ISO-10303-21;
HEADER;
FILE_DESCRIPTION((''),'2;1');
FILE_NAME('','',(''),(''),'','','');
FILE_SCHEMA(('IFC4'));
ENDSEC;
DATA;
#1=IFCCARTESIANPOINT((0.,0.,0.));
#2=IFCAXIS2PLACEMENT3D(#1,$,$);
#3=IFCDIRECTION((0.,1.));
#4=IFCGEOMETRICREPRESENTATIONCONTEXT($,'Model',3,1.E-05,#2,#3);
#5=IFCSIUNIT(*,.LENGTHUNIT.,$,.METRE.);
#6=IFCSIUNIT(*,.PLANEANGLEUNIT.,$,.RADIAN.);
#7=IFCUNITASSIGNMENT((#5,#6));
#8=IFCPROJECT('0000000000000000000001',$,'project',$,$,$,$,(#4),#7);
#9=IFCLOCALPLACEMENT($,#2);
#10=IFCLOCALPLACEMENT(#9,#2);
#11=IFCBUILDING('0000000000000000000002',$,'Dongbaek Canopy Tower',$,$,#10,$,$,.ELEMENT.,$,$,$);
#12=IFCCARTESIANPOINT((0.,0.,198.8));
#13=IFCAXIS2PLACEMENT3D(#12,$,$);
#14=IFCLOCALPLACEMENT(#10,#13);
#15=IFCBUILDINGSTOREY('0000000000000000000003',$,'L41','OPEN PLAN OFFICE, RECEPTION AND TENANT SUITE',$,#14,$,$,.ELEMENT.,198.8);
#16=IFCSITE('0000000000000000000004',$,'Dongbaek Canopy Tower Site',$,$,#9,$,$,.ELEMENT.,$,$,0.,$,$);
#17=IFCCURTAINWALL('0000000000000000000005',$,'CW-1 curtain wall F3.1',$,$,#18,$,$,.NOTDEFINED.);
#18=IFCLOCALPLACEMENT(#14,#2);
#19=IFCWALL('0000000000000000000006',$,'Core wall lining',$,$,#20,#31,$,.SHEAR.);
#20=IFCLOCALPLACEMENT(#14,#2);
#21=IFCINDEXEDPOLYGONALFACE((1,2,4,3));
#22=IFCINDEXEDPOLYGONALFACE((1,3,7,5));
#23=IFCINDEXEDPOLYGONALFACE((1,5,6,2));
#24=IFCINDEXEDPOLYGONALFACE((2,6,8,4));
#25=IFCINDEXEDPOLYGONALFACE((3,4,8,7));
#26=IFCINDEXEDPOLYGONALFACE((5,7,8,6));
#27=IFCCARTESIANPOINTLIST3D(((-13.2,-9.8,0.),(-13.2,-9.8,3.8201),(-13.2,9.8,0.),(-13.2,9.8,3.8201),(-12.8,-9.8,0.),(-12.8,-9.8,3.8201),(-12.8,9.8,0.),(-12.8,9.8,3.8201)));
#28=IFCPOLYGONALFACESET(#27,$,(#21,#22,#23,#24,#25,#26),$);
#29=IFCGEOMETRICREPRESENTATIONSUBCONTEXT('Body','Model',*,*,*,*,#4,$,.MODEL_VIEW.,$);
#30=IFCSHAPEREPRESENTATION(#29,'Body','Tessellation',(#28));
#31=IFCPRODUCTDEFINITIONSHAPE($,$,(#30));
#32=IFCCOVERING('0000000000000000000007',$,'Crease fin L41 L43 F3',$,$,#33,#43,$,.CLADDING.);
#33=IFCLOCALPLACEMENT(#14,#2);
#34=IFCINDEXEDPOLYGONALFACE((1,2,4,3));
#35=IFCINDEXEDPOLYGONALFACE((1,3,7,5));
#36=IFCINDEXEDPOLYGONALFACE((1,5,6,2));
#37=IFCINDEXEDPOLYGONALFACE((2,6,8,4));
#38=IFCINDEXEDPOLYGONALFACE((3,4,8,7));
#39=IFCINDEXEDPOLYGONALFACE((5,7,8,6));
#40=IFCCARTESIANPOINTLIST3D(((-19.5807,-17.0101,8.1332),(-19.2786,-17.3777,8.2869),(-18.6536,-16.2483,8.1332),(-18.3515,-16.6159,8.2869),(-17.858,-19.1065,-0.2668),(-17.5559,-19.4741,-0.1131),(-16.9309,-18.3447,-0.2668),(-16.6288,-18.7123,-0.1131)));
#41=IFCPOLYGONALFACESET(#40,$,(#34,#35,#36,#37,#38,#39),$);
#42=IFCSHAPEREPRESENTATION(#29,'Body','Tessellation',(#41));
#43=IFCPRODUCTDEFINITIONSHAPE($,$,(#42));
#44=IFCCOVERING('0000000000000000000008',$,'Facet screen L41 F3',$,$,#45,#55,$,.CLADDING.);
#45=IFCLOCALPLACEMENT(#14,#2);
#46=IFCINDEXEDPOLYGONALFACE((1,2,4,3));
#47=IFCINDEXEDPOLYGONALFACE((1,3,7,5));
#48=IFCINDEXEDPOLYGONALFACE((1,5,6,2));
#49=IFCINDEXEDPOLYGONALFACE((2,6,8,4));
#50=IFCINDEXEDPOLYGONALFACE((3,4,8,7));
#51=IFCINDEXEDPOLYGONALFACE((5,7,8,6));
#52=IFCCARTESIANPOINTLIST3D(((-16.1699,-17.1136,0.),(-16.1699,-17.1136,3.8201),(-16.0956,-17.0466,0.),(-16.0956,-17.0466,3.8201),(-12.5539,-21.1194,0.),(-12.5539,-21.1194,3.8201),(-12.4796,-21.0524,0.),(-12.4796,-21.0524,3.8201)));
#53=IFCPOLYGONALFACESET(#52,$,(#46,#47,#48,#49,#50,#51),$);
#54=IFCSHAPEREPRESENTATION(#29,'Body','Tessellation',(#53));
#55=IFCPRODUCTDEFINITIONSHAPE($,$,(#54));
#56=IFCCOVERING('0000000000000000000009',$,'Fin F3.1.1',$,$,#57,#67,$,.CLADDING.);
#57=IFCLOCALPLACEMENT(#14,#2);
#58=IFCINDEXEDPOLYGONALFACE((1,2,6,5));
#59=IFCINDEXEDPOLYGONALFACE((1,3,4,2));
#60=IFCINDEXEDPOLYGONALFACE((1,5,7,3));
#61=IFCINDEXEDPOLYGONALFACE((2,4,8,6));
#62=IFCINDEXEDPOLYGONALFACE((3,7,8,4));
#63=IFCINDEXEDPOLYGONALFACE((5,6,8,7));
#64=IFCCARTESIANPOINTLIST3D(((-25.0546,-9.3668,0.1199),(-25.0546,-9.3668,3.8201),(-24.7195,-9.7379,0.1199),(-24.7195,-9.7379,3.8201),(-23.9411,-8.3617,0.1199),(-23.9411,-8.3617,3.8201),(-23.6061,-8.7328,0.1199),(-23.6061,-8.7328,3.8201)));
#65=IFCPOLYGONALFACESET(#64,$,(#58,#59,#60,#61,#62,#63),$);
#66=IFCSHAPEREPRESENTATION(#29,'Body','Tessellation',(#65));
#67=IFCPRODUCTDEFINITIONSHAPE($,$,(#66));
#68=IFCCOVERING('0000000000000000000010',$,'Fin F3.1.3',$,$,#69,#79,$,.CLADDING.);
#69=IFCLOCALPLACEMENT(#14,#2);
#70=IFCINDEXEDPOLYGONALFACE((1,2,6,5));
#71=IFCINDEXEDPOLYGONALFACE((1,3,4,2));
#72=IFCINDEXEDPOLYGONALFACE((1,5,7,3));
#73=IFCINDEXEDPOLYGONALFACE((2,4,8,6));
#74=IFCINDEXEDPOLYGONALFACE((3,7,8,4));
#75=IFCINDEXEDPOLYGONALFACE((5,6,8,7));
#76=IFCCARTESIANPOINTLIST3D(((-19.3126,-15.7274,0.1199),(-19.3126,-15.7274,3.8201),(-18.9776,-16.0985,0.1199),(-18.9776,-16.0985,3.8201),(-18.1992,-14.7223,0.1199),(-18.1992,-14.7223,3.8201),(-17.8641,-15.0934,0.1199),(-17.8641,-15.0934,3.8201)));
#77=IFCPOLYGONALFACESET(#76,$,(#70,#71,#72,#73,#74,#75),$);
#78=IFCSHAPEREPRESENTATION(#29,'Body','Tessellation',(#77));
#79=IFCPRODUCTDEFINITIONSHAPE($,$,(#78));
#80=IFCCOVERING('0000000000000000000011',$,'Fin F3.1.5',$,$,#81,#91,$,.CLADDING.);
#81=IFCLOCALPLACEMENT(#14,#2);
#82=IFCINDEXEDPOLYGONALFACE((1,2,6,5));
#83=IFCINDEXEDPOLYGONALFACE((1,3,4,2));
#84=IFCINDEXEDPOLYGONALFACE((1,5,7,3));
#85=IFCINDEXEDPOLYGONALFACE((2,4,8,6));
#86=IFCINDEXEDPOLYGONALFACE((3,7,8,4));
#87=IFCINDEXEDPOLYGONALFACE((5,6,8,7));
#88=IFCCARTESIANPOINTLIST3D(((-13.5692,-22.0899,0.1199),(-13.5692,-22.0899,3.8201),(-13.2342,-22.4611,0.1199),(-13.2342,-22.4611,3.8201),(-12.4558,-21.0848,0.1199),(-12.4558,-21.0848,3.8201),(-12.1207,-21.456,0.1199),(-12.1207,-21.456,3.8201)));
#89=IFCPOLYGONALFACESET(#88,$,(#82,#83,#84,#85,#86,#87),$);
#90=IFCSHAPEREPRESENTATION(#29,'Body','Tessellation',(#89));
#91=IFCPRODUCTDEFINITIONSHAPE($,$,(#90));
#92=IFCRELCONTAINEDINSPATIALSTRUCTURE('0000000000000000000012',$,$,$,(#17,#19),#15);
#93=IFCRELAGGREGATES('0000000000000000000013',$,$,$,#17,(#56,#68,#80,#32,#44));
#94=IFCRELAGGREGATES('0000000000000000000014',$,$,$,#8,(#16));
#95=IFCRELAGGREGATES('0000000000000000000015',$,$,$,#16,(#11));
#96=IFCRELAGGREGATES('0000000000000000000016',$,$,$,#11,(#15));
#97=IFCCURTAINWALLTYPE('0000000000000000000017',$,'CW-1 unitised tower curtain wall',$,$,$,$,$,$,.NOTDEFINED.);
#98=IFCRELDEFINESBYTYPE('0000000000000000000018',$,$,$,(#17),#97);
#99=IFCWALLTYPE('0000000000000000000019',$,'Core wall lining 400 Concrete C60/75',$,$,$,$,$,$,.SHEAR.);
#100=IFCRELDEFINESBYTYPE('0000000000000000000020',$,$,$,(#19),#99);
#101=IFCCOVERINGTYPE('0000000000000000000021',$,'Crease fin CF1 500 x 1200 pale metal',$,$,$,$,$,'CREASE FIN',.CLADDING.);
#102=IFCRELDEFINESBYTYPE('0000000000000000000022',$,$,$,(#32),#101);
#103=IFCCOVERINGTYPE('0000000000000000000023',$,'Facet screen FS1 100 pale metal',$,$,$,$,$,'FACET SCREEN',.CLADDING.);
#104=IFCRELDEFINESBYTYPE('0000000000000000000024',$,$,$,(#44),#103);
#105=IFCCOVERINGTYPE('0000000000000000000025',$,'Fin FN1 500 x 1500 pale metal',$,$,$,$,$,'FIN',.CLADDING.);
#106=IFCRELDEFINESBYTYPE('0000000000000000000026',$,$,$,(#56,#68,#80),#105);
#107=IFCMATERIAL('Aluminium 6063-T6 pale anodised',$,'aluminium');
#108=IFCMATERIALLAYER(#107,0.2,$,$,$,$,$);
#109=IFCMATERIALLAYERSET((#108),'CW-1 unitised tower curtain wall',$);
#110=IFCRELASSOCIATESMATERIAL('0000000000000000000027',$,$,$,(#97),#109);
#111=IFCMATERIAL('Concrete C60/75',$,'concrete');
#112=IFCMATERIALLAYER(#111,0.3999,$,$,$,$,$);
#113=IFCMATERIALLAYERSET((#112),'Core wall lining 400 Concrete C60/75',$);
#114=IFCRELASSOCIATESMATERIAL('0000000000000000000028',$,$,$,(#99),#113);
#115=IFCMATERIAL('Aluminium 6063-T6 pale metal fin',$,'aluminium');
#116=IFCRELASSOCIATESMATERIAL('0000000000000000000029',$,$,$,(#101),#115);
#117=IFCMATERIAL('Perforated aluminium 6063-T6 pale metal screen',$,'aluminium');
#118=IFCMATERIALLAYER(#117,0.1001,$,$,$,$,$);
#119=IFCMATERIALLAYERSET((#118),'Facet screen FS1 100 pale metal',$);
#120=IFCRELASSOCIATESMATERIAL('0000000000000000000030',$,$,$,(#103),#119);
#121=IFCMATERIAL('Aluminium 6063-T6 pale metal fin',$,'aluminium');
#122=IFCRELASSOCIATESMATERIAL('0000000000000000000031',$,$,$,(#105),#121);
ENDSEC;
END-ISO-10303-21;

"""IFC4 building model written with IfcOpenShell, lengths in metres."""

from ifc_helpers import new_model, si_unit, direction, frame, frame_2d, origin, origin_2d, place, context, subcontext, project, spatial, rectangle, extrude, material, layer, layer_set, material_profile, profile_set, type_object, element, aggregate, save


model = new_model("IFC4")

# Units and contexts
model_context = context("Model", 3, precision=1e-05, world=origin(), true_north=direction((0.0, 1.0)))
body_context = subcontext(model_context, "Body", "Model", "MODEL_VIEW")
ifc_project = project(units=[si_unit("LENGTHUNIT", "METRE"), si_unit("PLANEANGLEUNIT", "RADIAN")], contexts=[model_context])

# Site, building, storey
site_placement = place(None, origin())
site = spatial("IfcSite", under=ifc_project, at=site_placement, Name="Dongbaek Canopy Tower Site", CompositionType="ELEMENT", RefElevation=0.0)
building_placement = place(site_placement, origin())
building = spatial("IfcBuilding", under=site, at=building_placement, Name="Dongbaek Canopy Tower", CompositionType="ELEMENT")
storey_placement = place(building_placement, frame((0.0, 0.0, 198.8)))
storey = spatial("IfcBuildingStorey", under=building, at=storey_placement, Name="L41", Description="OPEN PLAN OFFICE, RECEPTION AND TENANT SUITE", CompositionType="ELEMENT", Elevation=198.8)

# Curtain wall
ifc_material_1 = material(Name="Aluminium 6063-T6 pale anodised", Category="aluminium")
ifc_layer_1 = layer(ifc_material_1, 0.2)
ifc_layer_set_1 = layer_set([ifc_layer_1], Name="CW-1 unitised tower curtain wall")
curtain_wall_type = type_object("IfcCurtainWallType", Name="CW-1 unitised tower curtain wall", PredefinedType="NOTDEFINED", material=ifc_layer_set_1)
curtain_wall_1_placement = place(storey_placement, origin())
curtain_wall_1 = element("IfcCurtainWall", 1, at=curtain_wall_1_placement, inside=storey, type_object=curtain_wall_type, Name="CW-1 curtain wall F3.1", PredefinedType="NOTDEFINED")

# Wall
ifc_material_2 = material(Name="Concrete C60/75", Category="concrete")
ifc_layer_2 = layer(ifc_material_2, 0.3999)
ifc_layer_set_2 = layer_set([ifc_layer_2], Name="Core wall lining 400 Concrete C60/75")
wall_type_1 = type_object("IfcWallType", Name="Core wall lining 400 Concrete C60/75", PredefinedType="SHEAR", material=ifc_layer_set_2)
wall_1_placement = place(storey_placement, frame((-13.0, -9.8, 0.0), z_axis=(0.0, 0.0, 1.0), x_axis=(0.0, 1.0, 0.0)))
element("IfcWall", 2, at=wall_1_placement, inside=storey, type_object=wall_type_1, Name="Core wall lining", PredefinedType="SHEAR", context=body_context, shape_type="SweptSolid", body=[
    extrude(rectangle(XDim=19.6001, YDim=0.3999, at=frame_2d((9.8, 0.0))), origin(), (0.0, 0.0, 1.0), 3.8201),
])

# Coverings
ifc_material_3 = material(Name="Aluminium 6063-T6 pale metal fin", Category="aluminium")
ifc_material_profile_1 = material_profile(ifc_material_3, rectangle(XDim=1.2, YDim=0.5, at=origin_2d()), Name="Crease fin CF1 500 x 1200 pale metal")
ifc_profile_set_1 = profile_set([ifc_material_profile_1], Name="Aluminium 6063-T6 pale metal fin")
covering_type_1 = type_object("IfcCoveringType", Name="Crease fin CF1 500 x 1200 pale metal", ElementType="CREASE FIN", PredefinedType="CLADDING", material=ifc_profile_set_1)
covering_1_placement = place(storey_placement, frame((-17.2434, -18.9094, -0.1899), z_axis=(-0.195151, 0.237495, 0.951584), x_axis=(-0.772621, -0.634868, 0.0)))
covering_1 = element("IfcCovering", 3, at=covering_1_placement, type_object=covering_type_1, Name="Crease fin L41 L43 F3", PredefinedType="CLADDING", context=body_context, shape_type="SweptSolid", body=[
    extrude(rectangle(XDim=1.2, YDim=0.5, at=origin_2d()), origin(), (0.0, 0.0, 1.0), 8.8274),
])
ifc_material_4 = material(Name="Perforated aluminium 6063-T6 pale metal screen", Category="aluminium")
ifc_layer_3 = layer(ifc_material_4, 0.1001)
ifc_layer_set_3 = layer_set([ifc_layer_3], Name="Facet screen FS1 100 pale metal")
covering_type_2 = type_object("IfcCoveringType", Name="Facet screen FS1 100 pale metal", ElementType="FACET SCREEN", PredefinedType="CLADDING", material=ifc_layer_set_3)
covering_2_placement = place(storey_placement, frame((-14.3247, -19.083, 0.0), z_axis=(0.0, 0.0, 1.0), x_axis=(0.670068, -0.7423, 0.0)))
covering_2 = element("IfcCovering", 4, at=covering_2_placement, type_object=covering_type_2, Name="Facet screen L41 F3", PredefinedType="CLADDING", context=body_context, shape_type="SweptSolid", body=[
    extrude(rectangle(XDim=5.3965, YDim=0.1001, at=origin_2d()), origin(), (0.0, 0.0, 1.0), 3.8201),
])
ifc_material_5 = material(Name="Aluminium 6063-T6 pale metal fin", Category="aluminium")
ifc_material_profile_2 = material_profile(ifc_material_5, rectangle(XDim=1.5, YDim=0.5, at=origin_2d()), Name="Fin FN1 500 x 1500 pale metal")
ifc_profile_set_2 = profile_set([ifc_material_profile_2], Name="Aluminium 6063-T6 pale metal fin")
covering_type_3 = type_object("IfcCoveringType", Name="Fin FN1 500 x 1500 pale metal", ElementType="FIN", PredefinedType="CLADDING", material=ifc_profile_set_2)
covering_3_placement = place(storey_placement, frame((-24.3303, -9.0498, 0.1199), z_axis=(0.0, 0.0, 1.0), x_axis=(-0.7423, -0.670068, 0.0)))
covering_3 = element("IfcCovering", 5, at=covering_3_placement, type_object=covering_type_3, Name="Fin F3.1.1", PredefinedType="CLADDING", context=body_context, shape_type="SweptSolid", body=[
    extrude(rectangle(XDim=1.5, YDim=0.5, at=origin_2d()), origin(), (0.0, 0.0, 1.0), 3.7002),
])
covering_4_placement = place(storey_placement, frame((-18.5884, -15.4104, 0.1199), z_axis=(0.0, 0.0, 1.0), x_axis=(-0.7423, -0.670068, 0.0)))
covering_4 = element("IfcCovering", 6, at=covering_4_placement, type_object=covering_type_3, Name="Fin F3.1.3", PredefinedType="CLADDING", context=body_context, shape_type="SweptSolid", body=[
    extrude(rectangle(XDim=1.5, YDim=0.5, at=origin_2d()), origin(), (0.0, 0.0, 1.0), 3.7002),
])
covering_5_placement = place(storey_placement, frame((-12.845, -21.7729, 0.1199), z_axis=(0.0, 0.0, 1.0), x_axis=(-0.7423, -0.670068, 0.0)))
covering_5 = element("IfcCovering", 7, at=covering_5_placement, type_object=covering_type_3, Name="Fin F3.1.5", PredefinedType="CLADDING", context=body_context, shape_type="SweptSolid", body=[
    extrude(rectangle(XDim=1.5, YDim=0.5, at=origin_2d()), origin(), (0.0, 0.0, 1.0), 3.7002),
])
aggregate(curtain_wall_1, [covering_3, covering_4, covering_5, covering_1, covering_2])

save(model, "model.ifc")
